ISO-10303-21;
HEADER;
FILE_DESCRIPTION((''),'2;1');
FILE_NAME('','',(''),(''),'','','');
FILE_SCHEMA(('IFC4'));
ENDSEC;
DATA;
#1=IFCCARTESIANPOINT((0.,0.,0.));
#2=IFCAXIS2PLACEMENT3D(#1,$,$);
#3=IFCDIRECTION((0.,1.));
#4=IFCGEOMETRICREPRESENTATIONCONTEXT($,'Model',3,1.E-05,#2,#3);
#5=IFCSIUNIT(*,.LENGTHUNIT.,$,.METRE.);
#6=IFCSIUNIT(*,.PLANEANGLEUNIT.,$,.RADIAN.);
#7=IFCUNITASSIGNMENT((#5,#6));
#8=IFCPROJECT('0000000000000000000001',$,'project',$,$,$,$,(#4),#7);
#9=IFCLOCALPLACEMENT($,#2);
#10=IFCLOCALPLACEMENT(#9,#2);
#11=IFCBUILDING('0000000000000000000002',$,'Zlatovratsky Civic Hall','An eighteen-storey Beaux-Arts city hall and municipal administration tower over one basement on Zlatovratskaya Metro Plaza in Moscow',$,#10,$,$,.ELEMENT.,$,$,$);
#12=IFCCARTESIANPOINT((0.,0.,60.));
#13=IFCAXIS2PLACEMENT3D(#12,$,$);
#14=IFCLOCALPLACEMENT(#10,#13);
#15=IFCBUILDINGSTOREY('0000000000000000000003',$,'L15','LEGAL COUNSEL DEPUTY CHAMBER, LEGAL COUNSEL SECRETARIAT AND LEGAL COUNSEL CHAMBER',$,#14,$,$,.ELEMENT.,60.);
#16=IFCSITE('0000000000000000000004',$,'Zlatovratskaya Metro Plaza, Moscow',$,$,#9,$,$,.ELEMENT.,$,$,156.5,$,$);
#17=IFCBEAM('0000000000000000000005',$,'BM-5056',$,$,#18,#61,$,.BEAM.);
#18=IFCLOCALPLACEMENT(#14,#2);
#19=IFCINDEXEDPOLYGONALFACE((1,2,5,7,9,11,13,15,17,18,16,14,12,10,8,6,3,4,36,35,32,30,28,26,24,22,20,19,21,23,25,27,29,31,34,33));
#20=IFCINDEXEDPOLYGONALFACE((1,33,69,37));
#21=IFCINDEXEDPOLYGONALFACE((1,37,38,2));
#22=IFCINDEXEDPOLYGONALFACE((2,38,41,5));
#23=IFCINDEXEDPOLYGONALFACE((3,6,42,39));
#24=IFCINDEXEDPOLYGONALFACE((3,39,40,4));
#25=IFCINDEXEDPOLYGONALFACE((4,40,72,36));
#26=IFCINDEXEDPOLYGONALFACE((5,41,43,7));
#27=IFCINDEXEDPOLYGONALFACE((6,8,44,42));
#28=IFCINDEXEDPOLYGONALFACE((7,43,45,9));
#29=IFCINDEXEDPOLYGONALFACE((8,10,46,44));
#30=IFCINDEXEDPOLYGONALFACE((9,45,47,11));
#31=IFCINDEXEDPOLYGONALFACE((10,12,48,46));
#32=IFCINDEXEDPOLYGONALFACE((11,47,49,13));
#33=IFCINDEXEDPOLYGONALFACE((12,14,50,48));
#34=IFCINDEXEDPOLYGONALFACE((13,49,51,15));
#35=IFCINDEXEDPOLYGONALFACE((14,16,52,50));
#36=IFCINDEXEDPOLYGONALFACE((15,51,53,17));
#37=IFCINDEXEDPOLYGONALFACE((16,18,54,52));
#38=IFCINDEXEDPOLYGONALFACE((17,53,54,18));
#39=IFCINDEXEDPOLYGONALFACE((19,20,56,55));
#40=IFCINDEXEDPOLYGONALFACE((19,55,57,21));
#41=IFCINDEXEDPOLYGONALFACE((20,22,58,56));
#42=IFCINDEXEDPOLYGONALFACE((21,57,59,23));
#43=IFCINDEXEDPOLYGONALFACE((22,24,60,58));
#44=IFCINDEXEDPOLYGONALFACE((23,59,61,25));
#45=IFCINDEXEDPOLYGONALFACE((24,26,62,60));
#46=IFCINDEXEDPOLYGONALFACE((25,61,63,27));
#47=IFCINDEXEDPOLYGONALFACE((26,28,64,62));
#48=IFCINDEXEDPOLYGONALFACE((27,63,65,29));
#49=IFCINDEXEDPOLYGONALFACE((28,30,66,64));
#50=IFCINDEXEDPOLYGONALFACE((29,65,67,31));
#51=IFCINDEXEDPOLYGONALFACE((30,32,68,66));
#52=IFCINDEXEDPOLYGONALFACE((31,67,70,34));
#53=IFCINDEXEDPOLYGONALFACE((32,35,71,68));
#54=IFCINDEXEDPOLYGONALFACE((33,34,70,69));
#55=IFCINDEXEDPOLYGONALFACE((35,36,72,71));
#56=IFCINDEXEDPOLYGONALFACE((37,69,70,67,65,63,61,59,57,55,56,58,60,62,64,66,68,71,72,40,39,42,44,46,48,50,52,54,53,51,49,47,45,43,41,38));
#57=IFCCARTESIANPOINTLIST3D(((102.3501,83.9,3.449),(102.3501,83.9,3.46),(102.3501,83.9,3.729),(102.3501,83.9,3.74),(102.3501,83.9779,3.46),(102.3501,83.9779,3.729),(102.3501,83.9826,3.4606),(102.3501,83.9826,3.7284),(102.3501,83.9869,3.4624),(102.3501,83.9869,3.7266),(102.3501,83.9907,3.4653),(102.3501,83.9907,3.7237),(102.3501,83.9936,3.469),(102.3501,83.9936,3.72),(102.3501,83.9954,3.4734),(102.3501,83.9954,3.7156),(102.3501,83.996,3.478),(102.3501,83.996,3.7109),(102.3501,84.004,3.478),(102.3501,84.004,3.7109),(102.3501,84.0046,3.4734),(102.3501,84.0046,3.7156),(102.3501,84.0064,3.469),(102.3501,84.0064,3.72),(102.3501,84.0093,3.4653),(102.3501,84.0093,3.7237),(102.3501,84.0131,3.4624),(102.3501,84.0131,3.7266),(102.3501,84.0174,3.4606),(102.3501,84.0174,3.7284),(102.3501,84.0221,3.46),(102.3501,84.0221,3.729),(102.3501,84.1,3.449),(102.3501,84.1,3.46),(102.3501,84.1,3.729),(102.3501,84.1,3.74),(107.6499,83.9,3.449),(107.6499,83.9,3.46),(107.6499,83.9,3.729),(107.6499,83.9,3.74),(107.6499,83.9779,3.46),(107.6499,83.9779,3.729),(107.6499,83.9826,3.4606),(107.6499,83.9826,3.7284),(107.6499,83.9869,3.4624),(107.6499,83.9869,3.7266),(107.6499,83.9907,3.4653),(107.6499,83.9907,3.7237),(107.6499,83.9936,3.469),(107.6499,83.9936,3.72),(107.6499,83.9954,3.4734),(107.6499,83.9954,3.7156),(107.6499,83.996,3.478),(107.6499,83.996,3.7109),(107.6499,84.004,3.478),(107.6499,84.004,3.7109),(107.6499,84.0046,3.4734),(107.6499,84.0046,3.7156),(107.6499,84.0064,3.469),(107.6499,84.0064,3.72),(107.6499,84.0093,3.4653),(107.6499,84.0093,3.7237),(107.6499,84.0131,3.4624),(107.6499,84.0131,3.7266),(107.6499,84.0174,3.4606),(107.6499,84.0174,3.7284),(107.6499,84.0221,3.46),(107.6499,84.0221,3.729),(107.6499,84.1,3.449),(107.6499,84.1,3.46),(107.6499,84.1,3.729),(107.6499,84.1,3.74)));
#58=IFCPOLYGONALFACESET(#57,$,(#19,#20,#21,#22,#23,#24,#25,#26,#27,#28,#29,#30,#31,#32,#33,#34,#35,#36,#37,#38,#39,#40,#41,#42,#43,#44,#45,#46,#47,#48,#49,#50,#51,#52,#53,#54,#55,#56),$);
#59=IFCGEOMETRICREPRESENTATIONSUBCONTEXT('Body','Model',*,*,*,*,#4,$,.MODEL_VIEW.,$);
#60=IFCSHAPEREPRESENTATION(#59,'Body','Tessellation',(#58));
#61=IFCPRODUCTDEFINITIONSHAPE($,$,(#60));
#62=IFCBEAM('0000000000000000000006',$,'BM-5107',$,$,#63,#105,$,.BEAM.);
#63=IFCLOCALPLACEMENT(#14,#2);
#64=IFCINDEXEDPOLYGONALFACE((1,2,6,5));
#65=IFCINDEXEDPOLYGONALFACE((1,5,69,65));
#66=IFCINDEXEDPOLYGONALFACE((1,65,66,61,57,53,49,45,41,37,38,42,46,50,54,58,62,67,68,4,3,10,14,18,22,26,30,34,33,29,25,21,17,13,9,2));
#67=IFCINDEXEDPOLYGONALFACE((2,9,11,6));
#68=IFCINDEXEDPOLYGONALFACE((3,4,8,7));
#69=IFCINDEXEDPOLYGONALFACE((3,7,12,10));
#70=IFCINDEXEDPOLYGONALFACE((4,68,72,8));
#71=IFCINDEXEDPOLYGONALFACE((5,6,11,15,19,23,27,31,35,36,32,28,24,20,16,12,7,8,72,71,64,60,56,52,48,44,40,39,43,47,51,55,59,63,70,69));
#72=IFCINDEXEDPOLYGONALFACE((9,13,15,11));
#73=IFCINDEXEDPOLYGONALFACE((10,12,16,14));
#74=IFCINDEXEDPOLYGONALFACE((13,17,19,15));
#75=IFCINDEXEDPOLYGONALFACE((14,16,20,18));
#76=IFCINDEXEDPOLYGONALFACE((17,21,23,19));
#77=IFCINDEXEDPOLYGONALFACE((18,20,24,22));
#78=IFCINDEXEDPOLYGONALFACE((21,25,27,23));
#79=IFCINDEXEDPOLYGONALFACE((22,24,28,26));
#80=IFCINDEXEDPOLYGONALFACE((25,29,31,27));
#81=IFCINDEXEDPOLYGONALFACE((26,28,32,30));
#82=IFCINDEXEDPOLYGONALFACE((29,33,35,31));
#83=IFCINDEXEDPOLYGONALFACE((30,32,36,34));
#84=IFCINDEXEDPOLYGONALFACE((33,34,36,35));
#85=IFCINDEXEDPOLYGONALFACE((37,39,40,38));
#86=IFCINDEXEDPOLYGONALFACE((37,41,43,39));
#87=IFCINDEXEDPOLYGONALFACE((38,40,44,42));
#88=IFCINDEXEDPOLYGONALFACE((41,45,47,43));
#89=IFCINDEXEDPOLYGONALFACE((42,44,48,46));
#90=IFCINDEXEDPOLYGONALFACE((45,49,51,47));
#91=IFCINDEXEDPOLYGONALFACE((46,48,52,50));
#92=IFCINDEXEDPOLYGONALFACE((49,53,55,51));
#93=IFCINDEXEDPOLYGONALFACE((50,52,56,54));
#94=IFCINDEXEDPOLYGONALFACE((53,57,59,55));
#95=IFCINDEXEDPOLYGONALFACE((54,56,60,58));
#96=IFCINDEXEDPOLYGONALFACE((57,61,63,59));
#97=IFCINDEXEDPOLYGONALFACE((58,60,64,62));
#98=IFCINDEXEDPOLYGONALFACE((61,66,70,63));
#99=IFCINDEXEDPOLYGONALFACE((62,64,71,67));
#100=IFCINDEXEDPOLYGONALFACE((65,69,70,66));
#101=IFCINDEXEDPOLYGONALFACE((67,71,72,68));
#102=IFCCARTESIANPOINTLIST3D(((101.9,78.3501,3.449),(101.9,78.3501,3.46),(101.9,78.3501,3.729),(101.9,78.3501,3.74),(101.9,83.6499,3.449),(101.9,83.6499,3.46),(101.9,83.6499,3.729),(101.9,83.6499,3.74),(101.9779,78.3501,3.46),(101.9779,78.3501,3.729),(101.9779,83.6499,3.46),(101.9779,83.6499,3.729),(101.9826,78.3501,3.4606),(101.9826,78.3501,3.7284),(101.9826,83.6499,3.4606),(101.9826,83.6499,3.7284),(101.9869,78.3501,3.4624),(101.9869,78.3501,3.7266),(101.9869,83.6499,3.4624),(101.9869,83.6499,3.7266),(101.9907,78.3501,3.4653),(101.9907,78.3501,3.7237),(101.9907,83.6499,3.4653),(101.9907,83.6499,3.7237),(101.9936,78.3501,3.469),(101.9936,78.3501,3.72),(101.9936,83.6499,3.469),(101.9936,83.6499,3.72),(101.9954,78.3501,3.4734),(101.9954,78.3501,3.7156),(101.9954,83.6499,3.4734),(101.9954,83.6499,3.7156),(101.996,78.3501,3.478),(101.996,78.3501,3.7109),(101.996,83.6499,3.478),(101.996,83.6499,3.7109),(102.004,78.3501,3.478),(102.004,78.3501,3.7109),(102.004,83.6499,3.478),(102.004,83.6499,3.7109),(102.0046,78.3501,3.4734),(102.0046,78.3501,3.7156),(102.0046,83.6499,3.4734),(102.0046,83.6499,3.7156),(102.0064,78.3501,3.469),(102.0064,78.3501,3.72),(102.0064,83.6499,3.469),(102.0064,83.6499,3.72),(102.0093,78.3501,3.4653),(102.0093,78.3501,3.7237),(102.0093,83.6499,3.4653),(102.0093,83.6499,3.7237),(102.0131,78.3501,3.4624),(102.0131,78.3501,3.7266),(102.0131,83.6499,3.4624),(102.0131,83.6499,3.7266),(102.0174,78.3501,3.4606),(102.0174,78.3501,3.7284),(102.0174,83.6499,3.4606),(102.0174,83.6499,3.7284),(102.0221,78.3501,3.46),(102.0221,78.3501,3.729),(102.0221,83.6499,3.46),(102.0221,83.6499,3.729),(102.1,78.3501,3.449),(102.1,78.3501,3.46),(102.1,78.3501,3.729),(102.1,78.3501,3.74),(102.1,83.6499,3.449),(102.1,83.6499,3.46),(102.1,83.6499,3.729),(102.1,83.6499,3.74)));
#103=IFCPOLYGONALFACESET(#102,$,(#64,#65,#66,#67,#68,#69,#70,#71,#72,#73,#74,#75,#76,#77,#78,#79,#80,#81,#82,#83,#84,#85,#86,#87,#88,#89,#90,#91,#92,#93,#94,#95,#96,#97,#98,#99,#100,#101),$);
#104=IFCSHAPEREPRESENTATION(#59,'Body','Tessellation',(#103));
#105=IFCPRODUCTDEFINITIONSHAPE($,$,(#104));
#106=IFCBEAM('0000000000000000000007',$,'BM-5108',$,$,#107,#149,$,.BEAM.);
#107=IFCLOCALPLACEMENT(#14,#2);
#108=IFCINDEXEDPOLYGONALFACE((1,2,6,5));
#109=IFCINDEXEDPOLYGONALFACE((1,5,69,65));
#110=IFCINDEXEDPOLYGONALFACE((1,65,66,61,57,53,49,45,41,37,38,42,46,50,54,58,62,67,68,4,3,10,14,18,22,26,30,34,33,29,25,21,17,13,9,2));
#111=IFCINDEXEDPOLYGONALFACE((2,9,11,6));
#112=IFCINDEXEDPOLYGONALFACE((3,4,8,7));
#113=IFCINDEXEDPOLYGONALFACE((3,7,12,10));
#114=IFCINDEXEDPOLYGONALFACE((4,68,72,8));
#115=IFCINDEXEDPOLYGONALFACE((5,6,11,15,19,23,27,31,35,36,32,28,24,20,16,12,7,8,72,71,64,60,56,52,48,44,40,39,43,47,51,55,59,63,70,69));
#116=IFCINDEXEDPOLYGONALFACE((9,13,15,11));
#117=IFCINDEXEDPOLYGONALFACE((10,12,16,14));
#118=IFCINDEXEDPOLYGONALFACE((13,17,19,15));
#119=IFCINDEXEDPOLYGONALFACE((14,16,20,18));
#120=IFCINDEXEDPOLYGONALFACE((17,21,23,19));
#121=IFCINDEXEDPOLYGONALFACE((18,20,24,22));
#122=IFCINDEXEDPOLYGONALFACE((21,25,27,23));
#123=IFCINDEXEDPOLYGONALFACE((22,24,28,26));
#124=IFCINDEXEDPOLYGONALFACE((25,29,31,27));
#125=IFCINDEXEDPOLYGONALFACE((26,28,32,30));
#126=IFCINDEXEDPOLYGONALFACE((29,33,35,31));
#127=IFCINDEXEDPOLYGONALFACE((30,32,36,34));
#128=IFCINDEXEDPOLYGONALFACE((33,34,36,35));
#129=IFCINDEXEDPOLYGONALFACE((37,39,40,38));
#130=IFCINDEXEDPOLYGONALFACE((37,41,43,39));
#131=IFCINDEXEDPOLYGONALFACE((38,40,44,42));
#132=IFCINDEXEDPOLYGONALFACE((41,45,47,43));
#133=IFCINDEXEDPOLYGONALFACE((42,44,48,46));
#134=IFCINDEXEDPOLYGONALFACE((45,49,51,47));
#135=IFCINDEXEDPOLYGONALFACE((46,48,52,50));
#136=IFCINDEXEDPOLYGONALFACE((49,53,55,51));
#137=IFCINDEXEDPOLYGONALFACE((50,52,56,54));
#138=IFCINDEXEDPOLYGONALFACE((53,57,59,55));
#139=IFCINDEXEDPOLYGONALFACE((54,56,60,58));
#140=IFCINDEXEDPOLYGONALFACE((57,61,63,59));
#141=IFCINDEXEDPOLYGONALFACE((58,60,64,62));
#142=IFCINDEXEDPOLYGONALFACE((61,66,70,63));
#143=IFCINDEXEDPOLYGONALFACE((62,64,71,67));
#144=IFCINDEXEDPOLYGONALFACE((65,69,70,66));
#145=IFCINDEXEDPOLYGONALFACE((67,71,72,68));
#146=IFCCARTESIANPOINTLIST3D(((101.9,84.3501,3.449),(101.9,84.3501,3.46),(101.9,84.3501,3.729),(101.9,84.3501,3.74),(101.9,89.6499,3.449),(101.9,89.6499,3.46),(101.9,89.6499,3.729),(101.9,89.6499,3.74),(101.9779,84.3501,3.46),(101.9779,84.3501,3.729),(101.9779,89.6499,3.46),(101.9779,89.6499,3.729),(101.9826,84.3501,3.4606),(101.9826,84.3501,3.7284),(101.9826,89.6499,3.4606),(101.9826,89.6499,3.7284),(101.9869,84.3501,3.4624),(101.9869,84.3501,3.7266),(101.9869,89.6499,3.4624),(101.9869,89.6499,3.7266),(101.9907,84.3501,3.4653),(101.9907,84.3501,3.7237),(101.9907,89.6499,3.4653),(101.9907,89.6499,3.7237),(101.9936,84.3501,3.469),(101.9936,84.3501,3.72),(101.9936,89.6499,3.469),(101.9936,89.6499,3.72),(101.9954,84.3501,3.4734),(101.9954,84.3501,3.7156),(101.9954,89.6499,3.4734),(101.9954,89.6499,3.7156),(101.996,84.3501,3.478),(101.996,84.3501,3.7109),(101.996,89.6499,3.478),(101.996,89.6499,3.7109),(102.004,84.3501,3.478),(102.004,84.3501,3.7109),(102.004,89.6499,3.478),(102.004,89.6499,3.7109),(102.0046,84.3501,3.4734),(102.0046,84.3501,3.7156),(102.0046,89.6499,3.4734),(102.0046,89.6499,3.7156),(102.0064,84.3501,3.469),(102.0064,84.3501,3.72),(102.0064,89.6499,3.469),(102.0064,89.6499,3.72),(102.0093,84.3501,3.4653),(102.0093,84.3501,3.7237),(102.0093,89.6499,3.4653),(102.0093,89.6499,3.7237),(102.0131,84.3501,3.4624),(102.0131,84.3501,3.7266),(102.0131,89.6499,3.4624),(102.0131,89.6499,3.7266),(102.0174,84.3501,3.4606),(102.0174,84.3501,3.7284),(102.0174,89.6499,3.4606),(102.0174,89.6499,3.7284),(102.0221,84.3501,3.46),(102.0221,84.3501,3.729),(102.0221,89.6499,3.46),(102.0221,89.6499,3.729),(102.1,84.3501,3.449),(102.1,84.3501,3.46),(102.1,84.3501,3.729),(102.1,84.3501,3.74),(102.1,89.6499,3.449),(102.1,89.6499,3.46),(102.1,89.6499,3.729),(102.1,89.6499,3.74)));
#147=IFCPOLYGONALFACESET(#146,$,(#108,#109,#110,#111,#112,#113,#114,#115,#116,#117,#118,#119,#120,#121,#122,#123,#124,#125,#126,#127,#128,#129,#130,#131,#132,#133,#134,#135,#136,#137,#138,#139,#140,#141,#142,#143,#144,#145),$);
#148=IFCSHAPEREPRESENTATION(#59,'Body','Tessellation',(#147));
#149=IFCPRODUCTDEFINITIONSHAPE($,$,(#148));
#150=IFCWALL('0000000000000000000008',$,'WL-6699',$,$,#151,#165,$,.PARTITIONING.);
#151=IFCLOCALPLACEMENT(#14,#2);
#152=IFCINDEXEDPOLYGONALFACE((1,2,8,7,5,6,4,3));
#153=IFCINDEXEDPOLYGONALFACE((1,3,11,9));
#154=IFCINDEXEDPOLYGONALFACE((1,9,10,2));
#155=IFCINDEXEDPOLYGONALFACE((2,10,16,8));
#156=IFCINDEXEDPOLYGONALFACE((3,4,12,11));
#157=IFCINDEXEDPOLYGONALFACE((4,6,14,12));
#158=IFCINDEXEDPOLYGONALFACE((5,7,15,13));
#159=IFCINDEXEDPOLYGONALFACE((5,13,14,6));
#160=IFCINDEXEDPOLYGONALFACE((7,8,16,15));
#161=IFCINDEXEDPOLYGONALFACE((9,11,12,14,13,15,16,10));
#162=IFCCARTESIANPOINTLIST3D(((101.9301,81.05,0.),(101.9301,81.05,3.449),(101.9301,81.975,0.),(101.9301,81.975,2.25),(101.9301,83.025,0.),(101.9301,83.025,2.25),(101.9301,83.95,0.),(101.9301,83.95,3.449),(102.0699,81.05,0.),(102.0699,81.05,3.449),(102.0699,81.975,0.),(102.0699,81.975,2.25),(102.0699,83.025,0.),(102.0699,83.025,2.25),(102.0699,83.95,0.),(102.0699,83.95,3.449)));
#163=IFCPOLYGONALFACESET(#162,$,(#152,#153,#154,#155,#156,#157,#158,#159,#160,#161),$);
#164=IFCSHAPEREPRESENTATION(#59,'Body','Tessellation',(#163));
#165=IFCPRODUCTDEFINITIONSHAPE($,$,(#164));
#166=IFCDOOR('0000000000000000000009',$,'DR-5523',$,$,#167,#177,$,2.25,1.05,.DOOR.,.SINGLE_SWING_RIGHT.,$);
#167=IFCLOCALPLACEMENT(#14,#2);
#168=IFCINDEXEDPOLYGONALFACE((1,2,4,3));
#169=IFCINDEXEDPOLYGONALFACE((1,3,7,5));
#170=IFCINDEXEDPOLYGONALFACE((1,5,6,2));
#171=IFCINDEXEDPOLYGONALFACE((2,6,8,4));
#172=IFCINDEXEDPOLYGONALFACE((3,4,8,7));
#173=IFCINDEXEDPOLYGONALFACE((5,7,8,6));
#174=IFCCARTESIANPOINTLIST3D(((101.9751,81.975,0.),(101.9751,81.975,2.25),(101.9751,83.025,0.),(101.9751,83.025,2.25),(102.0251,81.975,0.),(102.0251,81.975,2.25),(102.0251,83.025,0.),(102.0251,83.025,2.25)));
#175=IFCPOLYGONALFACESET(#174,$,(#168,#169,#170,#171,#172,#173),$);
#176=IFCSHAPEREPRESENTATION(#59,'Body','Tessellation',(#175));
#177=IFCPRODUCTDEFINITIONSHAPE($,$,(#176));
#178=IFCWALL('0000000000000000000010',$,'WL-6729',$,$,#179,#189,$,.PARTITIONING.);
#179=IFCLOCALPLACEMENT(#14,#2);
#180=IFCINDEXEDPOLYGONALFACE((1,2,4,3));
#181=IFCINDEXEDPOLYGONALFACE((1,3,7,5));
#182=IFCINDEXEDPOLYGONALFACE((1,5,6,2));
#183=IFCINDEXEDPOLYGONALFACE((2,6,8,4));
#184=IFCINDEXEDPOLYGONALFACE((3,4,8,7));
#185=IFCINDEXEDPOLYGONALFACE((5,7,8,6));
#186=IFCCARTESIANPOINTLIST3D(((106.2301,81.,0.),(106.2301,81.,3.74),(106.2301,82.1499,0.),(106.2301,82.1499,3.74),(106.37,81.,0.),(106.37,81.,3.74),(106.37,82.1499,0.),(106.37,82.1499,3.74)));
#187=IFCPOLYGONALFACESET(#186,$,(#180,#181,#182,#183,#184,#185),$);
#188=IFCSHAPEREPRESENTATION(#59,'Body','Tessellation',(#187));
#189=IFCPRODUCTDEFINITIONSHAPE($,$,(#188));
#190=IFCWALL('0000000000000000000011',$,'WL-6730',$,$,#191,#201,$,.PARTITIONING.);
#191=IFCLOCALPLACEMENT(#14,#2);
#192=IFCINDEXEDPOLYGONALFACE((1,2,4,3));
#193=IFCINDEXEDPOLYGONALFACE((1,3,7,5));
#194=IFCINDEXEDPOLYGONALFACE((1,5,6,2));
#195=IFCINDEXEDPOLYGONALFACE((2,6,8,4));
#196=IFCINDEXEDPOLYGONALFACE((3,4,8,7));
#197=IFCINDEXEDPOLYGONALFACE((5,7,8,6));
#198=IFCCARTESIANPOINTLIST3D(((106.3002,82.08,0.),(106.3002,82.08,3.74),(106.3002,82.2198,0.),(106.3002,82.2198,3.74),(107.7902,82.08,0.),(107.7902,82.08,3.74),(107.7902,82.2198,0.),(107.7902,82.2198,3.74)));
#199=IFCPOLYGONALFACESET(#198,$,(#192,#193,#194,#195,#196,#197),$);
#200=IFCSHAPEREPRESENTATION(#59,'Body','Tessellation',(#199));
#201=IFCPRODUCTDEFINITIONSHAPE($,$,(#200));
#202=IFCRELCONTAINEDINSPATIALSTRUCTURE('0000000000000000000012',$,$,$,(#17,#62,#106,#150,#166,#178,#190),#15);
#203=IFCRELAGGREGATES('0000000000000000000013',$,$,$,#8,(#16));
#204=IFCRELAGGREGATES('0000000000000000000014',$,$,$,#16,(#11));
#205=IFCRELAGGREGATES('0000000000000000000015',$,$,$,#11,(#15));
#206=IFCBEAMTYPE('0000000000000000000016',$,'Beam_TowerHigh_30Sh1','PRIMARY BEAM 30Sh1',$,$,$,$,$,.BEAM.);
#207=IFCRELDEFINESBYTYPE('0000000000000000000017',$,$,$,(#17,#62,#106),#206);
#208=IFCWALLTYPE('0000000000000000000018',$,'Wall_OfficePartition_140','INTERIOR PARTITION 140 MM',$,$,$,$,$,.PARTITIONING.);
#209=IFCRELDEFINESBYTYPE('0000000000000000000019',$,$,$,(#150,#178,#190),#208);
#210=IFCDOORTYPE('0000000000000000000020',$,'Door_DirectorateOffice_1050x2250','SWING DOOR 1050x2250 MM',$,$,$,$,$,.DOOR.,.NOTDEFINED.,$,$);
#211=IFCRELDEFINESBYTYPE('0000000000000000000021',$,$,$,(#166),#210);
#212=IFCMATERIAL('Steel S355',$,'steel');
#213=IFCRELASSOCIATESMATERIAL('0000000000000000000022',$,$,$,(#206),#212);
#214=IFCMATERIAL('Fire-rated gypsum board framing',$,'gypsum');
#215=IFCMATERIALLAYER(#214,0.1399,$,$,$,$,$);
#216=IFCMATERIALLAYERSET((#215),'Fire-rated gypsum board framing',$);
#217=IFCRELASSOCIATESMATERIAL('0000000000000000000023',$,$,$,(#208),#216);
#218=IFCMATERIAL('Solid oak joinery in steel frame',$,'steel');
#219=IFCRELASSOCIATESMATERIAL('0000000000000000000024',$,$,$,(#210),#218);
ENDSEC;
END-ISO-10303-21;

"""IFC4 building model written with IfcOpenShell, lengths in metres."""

from ifc_helpers import new_model, si_unit, direction, frame, frame_2d, origin, origin_2d, place, context, subcontext, project, spatial, rectangle, i_section, extrude, material, layer, layer_set, material_profile, profile_set, type_object, element, fill, save


model = new_model("IFC4")

# Units and contexts
model_context = context("Model", 3, precision=1e-05, world=origin(), true_north=direction((0.0, 1.0)))
body_context = subcontext(model_context, "Body", "Model", "MODEL_VIEW")
ifc_project = project(units=[si_unit("LENGTHUNIT", "METRE"), si_unit("PLANEANGLEUNIT", "RADIAN")], contexts=[model_context])

# Site, building, storey
site_placement = place(None, origin())
site = spatial("IfcSite", under=ifc_project, at=site_placement, Name="Zlatovratskaya Metro Plaza, Moscow", CompositionType="ELEMENT", RefElevation=156.5)
building_placement = place(site_placement, origin())
building = spatial("IfcBuilding", under=site, at=building_placement, Name="Zlatovratsky Civic Hall", Description="An eighteen-storey Beaux-Arts city hall and municipal administration tower over one basement on Zlatovratskaya Metro Plaza in Moscow", CompositionType="ELEMENT")
storey_placement = place(building_placement, frame((0.0, 0.0, 60.0)))
storey = spatial("IfcBuildingStorey", under=building, at=storey_placement, Name="L15", Description="LEGAL COUNSEL DEPUTY CHAMBER, LEGAL COUNSEL SECRETARIAT AND LEGAL COUNSEL CHAMBER", CompositionType="ELEMENT", Elevation=60.0)

# Beams
ifc_material_1 = material(Name="Steel S355", Category="steel")
ifc_material_profile_1 = material_profile(ifc_material_1, i_section(OverallWidth=0.2, OverallDepth=0.291, WebThickness=0.0081, FlangeThickness=0.011, FilletRadius=0.0181, at=origin_2d()), Name="30Sh1")
ifc_profile_set_1 = profile_set([ifc_material_profile_1], Name="Steel S355")
beam_type_1 = type_object("IfcBeamType", Name="Beam_TowerHigh_30Sh1", Description="PRIMARY BEAM 30Sh1", PredefinedType="BEAM", material=ifc_profile_set_1)
for number, where, z_axis, x_axis, name in (
    (1, (102.3501, 84.0, 3.5945), (1.0, 0.0, 0.0), (0.0, 1.0, 0.0), "BM-5056"),
    (2, (102.0, 78.3501, 3.5945), (0.0, 1.0, 0.0), (-1.0, 0.0, 0.0), "BM-5107"),
    (3, (102.0, 84.3501, 3.5945), (0.0, 1.0, 0.0), (-1.0, 0.0, 0.0), "BM-5108"),
):
    element("IfcBeam", number, at=place(storey_placement, frame(where, z_axis=z_axis, x_axis=x_axis)), inside=storey, type_object=beam_type_1, Name=name, PredefinedType="BEAM", context=body_context, shape_type="SweptSolid", body=[
        extrude(i_section(OverallWidth=0.2, OverallDepth=0.291, WebThickness=0.0081, FlangeThickness=0.011, FilletRadius=0.0181, at=origin_2d()), origin(), (0.0, 0.0, 1.0), 5.2998),
    ])

# Wall, opening, door
ifc_material_2 = material(Name="Fire-rated gypsum board framing", Category="gypsum")
ifc_layer_1 = layer(ifc_material_2, 0.1399)
ifc_layer_set_1 = layer_set([ifc_layer_1], Name="Fire-rated gypsum board framing")
wall_type_1 = type_object("IfcWallType", Name="Wall_OfficePartition_140", Description="INTERIOR PARTITION 140 MM", PredefinedType="PARTITIONING", material=ifc_layer_set_1)
wall_1_placement = place(storey_placement, frame((102.0, 81.05, 0.0), z_axis=(0.0, 0.0, 1.0), x_axis=(0.0, 1.0, 0.0)))
wall_1 = element("IfcWall", 4, at=wall_1_placement, inside=storey, type_object=wall_type_1, Name="WL-6699", PredefinedType="PARTITIONING", context=body_context, shape_type="SweptSolid", body=[
    extrude(rectangle(XDim=2.8999, YDim=0.1399, at=frame_2d((1.45, 0.0))), origin(), (0.0, 0.0, 1.0), 3.449),
])
opening_1_placement = place(wall_1_placement, frame((0.925, 0.0, 0.0)))
opening_1 = element("IfcOpeningElement", 5, at=opening_1_placement, cuts=wall_1, PredefinedType="OPENING", context=body_context, shape_type="SweptSolid", body=[
    extrude(rectangle(XDim=1.05, YDim=2.25, at=frame_2d((0.5249, 1.125))), frame((0.0, 0.085, 0.0), z_axis=(0.0, -1.0, 0.0), x_axis=(1.0, 0.0, 0.0)), (0.0, 0.0, 1.0), 0.1697),
])
ifc_material_3 = material(Name="Solid oak joinery in steel frame", Category="steel")
door_type = type_object("IfcDoorType", Name="Door_DirectorateOffice_1050x2250", Description="SWING DOOR 1050x2250 MM", OperationType="NOTDEFINED", PredefinedType="DOOR", material=ifc_material_3)
door_placement = place(opening_1_placement, origin())
door = element("IfcDoor", 6, at=door_placement, inside=storey, type_object=door_type, Name="DR-5523", OperationType="SINGLE_SWING_RIGHT", OverallHeight=2.25, OverallWidth=1.05, PredefinedType="DOOR", context=body_context, shape_type="SweptSolid", body=[
    extrude(rectangle(XDim=1.05, YDim=2.25, at=frame_2d((0.5249, 1.125))), frame((0.0, 0.0249, 0.0), z_axis=(0.0, -1.0, 0.0), x_axis=(1.0, 0.0, 0.0)), (0.0, 0.0, 1.0), 0.05),
])
fill(opening_1, door)

# Walls
wall_2_placement = place(storey_placement, frame((106.3, 81.0, 0.0), z_axis=(0.0, 0.0, 1.0), x_axis=(0.0, 1.0, 0.0)))
element("IfcWall", 7, at=wall_2_placement, inside=storey, type_object=wall_type_1, Name="WL-6729", PredefinedType="PARTITIONING", context=body_context, shape_type="SweptSolid", body=[
    extrude(rectangle(XDim=1.1499, YDim=0.1399, at=frame_2d((0.575, 0.0))), origin(), (0.0, 0.0, 1.0), 3.74),
])
wall_3_placement = place(storey_placement, frame((106.3, 82.1499, 0.0), z_axis=(0.0, 0.0, 1.0), x_axis=(1.0, 0.0, 0.0)))
element("IfcWall", 8, at=wall_3_placement, inside=storey, type_object=wall_type_1, Name="WL-6730", PredefinedType="PARTITIONING", context=body_context, shape_type="SweptSolid", body=[
    extrude(rectangle(XDim=1.49, YDim=0.1399, at=frame_2d((0.7451, 0.0))), origin(), (0.0, 0.0, 1.0), 3.74),
])

save(model, "model.ifc")
